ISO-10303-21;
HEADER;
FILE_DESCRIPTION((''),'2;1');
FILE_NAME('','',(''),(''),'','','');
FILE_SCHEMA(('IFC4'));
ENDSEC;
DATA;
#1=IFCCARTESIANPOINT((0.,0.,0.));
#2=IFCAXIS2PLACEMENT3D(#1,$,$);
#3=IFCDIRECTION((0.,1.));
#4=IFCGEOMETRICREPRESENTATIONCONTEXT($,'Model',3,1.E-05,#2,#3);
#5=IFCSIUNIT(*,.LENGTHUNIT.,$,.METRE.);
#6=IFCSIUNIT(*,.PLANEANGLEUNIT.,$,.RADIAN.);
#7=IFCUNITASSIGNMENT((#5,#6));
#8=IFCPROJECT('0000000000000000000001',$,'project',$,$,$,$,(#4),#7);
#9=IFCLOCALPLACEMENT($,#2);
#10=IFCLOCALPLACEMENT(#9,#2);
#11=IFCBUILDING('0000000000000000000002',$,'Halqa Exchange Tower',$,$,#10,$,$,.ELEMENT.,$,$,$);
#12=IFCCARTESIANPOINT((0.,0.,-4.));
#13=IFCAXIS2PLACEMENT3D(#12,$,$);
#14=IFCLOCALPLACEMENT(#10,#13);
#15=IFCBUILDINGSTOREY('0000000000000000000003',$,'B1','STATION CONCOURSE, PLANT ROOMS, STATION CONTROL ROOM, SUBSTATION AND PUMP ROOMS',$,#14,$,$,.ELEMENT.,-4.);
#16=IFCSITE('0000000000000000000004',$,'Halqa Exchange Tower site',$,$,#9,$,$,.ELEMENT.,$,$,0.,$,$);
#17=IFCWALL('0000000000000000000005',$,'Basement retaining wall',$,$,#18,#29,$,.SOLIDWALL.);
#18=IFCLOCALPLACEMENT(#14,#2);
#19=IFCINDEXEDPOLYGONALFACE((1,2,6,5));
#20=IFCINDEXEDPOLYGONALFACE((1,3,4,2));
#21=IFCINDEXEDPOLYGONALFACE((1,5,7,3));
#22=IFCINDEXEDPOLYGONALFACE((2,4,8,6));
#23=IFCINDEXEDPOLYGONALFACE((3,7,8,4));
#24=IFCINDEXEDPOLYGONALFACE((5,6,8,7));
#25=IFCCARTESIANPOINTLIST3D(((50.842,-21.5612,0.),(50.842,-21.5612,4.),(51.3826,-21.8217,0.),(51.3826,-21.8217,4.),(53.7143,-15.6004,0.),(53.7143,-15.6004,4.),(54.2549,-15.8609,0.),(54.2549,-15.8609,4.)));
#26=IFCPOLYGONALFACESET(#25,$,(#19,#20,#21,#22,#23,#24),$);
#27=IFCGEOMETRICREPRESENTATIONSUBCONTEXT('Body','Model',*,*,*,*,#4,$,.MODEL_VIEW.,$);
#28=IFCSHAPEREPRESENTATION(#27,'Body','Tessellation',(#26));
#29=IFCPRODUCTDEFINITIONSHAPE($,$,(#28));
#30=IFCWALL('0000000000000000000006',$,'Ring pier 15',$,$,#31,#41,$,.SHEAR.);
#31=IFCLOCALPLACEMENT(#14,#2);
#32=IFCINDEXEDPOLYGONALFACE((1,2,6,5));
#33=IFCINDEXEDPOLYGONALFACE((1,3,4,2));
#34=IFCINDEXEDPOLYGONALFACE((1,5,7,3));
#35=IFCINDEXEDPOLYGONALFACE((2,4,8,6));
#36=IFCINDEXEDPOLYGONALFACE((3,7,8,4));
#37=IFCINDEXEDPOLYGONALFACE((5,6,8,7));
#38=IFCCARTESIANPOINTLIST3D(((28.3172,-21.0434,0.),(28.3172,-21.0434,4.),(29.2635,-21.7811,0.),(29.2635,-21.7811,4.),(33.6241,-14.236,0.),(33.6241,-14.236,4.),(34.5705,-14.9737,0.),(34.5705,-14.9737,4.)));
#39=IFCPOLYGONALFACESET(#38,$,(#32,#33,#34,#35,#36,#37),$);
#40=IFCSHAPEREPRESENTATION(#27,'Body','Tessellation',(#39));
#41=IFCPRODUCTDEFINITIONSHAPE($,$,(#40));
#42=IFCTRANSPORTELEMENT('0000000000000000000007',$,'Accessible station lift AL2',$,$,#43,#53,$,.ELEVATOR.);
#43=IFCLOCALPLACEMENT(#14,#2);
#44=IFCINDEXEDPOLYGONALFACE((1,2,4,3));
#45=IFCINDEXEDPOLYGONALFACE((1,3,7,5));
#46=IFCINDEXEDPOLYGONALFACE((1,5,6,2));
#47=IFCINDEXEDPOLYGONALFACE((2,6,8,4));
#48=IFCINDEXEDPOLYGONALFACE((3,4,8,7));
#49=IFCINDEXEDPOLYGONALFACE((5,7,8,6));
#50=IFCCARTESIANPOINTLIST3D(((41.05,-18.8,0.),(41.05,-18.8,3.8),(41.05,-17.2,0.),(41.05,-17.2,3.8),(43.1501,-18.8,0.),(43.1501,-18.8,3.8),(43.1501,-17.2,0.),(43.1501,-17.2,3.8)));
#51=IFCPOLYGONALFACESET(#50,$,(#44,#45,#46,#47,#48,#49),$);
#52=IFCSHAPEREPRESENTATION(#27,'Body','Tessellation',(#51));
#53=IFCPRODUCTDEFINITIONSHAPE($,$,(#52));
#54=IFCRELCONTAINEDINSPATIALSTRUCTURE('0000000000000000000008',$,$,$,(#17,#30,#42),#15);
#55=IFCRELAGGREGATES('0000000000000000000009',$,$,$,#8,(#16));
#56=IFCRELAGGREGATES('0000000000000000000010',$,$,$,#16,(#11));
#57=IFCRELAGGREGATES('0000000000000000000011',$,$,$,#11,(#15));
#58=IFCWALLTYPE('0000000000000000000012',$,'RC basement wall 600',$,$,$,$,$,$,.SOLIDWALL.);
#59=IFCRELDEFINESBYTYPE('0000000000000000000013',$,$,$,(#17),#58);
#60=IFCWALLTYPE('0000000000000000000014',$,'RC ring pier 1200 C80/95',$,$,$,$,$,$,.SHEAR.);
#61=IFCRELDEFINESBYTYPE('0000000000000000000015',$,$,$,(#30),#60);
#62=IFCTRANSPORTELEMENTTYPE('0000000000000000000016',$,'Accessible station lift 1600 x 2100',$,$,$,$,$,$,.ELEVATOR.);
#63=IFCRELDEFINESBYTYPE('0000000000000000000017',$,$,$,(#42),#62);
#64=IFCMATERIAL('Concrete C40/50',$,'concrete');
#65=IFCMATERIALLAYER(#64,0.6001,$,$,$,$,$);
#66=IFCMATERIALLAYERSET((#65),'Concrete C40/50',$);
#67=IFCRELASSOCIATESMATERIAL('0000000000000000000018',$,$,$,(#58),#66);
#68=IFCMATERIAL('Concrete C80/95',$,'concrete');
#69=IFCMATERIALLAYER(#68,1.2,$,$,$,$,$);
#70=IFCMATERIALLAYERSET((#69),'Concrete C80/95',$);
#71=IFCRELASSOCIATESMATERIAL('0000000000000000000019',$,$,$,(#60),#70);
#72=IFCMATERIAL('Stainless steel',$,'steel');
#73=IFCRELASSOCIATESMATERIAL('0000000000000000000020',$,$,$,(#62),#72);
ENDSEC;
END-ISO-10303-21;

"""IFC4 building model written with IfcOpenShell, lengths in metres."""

from ifc_helpers import new_model, si_unit, direction, frame, frame_2d, origin, origin_2d, place, context, subcontext, project, spatial, rectangle, extrude, material, layer, layer_set, type_object, element, save


model = new_model("IFC4")

# Units and contexts
model_context = context("Model", 3, precision=1e-05, world=origin(), true_north=direction((0.0, 1.0)))
body_context = subcontext(model_context, "Body", "Model", "MODEL_VIEW")
ifc_project = project(units=[si_unit("LENGTHUNIT", "METRE"), si_unit("PLANEANGLEUNIT", "RADIAN")], contexts=[model_context])

# Site, building, storey
site_placement = place(None, origin())
site = spatial("IfcSite", under=ifc_project, at=site_placement, Name="Halqa Exchange Tower site", CompositionType="ELEMENT", RefElevation=0.0)
building_placement = place(site_placement, origin())
building = spatial("IfcBuilding", under=site, at=building_placement, Name="Halqa Exchange Tower", CompositionType="ELEMENT")
storey_placement = place(building_placement, frame((0.0, 0.0, -4.0)))
storey = spatial("IfcBuildingStorey", under=building, at=storey_placement, Name="B1", Description="STATION CONCOURSE, PLANT ROOMS, STATION CONTROL ROOM, SUBSTATION AND PUMP ROOMS", CompositionType="ELEMENT", Elevation=-4.0)

# Shared definitions
ifc_material_1 = material(Name="Stainless steel", Category="steel")

# Walls
ifc_material_2 = material(Name="Concrete C40/50", Category="concrete")
ifc_layer_1 = layer(ifc_material_2, 0.6001)
ifc_layer_set_1 = layer_set([ifc_layer_1], Name="Concrete C40/50")
wall_type_1 = type_object("IfcWallType", Name="RC basement wall 600", PredefinedType="SOLIDWALL", material=ifc_layer_set_1)
wall_1_placement = place(storey_placement, frame((51.1123, -21.6914, 0.0), z_axis=(0.0, 0.0, 1.0), x_axis=(0.434104, 0.900863, 0.0)))
element("IfcWall", 1, at=wall_1_placement, inside=storey, type_object=wall_type_1, Name="Basement retaining wall", PredefinedType="SOLIDWALL", context=body_context, shape_type="SweptSolid", body=[
    extrude(rectangle(XDim=6.6167, YDim=0.6001, at=frame_2d((3.3083, 0.0))), origin(), (0.0, 0.0, 1.0), 4.0),
])
ifc_material_3 = material(Name="Concrete C80/95", Category="concrete")
ifc_layer_2 = layer(ifc_material_3, 1.2)
ifc_layer_set_2 = layer_set([ifc_layer_2], Name="Concrete C80/95")
wall_type_2 = type_object("IfcWallType", Name="RC ring pier 1200 C80/95", PredefinedType="SHEAR", material=ifc_layer_set_2)
wall_2_placement = place(storey_placement, frame((28.7903, -21.4124, 0.0), z_axis=(0.0, 0.0, 1.0), x_axis=(0.614825, 0.788663, 0.0)))
element("IfcWall", 2, at=wall_2_placement, inside=storey, type_object=wall_type_2, Name="Ring pier 15", PredefinedType="SHEAR", context=body_context, shape_type="SweptSolid", body=[
    extrude(rectangle(XDim=8.6316, YDim=1.2, at=frame_2d((4.3159, 0.0))), origin(), (0.0, 0.0, 1.0), 4.0),
])

# Transport element
transport_element_type = type_object("IfcTransportElementType", Name="Accessible station lift 1600 x 2100", PredefinedType="ELEVATOR", material=ifc_material_1)
transport_element_placement = place(storey_placement, frame((42.1001, -18.0, 0.0), z_axis=(0.0, 0.0, 1.0), x_axis=(1.0, 0.0, 0.0)))
element("IfcTransportElement", 3, at=transport_element_placement, inside=storey, type_object=transport_element_type, Name="Accessible station lift AL2", PredefinedType="ELEVATOR", context=body_context, shape_type="SweptSolid", body=[
    extrude(rectangle(XDim=2.1001, YDim=1.6001, at=origin_2d()), origin(), (0.0, 0.0, 1.0), 3.8),
])

save(model, "model.ifc")
